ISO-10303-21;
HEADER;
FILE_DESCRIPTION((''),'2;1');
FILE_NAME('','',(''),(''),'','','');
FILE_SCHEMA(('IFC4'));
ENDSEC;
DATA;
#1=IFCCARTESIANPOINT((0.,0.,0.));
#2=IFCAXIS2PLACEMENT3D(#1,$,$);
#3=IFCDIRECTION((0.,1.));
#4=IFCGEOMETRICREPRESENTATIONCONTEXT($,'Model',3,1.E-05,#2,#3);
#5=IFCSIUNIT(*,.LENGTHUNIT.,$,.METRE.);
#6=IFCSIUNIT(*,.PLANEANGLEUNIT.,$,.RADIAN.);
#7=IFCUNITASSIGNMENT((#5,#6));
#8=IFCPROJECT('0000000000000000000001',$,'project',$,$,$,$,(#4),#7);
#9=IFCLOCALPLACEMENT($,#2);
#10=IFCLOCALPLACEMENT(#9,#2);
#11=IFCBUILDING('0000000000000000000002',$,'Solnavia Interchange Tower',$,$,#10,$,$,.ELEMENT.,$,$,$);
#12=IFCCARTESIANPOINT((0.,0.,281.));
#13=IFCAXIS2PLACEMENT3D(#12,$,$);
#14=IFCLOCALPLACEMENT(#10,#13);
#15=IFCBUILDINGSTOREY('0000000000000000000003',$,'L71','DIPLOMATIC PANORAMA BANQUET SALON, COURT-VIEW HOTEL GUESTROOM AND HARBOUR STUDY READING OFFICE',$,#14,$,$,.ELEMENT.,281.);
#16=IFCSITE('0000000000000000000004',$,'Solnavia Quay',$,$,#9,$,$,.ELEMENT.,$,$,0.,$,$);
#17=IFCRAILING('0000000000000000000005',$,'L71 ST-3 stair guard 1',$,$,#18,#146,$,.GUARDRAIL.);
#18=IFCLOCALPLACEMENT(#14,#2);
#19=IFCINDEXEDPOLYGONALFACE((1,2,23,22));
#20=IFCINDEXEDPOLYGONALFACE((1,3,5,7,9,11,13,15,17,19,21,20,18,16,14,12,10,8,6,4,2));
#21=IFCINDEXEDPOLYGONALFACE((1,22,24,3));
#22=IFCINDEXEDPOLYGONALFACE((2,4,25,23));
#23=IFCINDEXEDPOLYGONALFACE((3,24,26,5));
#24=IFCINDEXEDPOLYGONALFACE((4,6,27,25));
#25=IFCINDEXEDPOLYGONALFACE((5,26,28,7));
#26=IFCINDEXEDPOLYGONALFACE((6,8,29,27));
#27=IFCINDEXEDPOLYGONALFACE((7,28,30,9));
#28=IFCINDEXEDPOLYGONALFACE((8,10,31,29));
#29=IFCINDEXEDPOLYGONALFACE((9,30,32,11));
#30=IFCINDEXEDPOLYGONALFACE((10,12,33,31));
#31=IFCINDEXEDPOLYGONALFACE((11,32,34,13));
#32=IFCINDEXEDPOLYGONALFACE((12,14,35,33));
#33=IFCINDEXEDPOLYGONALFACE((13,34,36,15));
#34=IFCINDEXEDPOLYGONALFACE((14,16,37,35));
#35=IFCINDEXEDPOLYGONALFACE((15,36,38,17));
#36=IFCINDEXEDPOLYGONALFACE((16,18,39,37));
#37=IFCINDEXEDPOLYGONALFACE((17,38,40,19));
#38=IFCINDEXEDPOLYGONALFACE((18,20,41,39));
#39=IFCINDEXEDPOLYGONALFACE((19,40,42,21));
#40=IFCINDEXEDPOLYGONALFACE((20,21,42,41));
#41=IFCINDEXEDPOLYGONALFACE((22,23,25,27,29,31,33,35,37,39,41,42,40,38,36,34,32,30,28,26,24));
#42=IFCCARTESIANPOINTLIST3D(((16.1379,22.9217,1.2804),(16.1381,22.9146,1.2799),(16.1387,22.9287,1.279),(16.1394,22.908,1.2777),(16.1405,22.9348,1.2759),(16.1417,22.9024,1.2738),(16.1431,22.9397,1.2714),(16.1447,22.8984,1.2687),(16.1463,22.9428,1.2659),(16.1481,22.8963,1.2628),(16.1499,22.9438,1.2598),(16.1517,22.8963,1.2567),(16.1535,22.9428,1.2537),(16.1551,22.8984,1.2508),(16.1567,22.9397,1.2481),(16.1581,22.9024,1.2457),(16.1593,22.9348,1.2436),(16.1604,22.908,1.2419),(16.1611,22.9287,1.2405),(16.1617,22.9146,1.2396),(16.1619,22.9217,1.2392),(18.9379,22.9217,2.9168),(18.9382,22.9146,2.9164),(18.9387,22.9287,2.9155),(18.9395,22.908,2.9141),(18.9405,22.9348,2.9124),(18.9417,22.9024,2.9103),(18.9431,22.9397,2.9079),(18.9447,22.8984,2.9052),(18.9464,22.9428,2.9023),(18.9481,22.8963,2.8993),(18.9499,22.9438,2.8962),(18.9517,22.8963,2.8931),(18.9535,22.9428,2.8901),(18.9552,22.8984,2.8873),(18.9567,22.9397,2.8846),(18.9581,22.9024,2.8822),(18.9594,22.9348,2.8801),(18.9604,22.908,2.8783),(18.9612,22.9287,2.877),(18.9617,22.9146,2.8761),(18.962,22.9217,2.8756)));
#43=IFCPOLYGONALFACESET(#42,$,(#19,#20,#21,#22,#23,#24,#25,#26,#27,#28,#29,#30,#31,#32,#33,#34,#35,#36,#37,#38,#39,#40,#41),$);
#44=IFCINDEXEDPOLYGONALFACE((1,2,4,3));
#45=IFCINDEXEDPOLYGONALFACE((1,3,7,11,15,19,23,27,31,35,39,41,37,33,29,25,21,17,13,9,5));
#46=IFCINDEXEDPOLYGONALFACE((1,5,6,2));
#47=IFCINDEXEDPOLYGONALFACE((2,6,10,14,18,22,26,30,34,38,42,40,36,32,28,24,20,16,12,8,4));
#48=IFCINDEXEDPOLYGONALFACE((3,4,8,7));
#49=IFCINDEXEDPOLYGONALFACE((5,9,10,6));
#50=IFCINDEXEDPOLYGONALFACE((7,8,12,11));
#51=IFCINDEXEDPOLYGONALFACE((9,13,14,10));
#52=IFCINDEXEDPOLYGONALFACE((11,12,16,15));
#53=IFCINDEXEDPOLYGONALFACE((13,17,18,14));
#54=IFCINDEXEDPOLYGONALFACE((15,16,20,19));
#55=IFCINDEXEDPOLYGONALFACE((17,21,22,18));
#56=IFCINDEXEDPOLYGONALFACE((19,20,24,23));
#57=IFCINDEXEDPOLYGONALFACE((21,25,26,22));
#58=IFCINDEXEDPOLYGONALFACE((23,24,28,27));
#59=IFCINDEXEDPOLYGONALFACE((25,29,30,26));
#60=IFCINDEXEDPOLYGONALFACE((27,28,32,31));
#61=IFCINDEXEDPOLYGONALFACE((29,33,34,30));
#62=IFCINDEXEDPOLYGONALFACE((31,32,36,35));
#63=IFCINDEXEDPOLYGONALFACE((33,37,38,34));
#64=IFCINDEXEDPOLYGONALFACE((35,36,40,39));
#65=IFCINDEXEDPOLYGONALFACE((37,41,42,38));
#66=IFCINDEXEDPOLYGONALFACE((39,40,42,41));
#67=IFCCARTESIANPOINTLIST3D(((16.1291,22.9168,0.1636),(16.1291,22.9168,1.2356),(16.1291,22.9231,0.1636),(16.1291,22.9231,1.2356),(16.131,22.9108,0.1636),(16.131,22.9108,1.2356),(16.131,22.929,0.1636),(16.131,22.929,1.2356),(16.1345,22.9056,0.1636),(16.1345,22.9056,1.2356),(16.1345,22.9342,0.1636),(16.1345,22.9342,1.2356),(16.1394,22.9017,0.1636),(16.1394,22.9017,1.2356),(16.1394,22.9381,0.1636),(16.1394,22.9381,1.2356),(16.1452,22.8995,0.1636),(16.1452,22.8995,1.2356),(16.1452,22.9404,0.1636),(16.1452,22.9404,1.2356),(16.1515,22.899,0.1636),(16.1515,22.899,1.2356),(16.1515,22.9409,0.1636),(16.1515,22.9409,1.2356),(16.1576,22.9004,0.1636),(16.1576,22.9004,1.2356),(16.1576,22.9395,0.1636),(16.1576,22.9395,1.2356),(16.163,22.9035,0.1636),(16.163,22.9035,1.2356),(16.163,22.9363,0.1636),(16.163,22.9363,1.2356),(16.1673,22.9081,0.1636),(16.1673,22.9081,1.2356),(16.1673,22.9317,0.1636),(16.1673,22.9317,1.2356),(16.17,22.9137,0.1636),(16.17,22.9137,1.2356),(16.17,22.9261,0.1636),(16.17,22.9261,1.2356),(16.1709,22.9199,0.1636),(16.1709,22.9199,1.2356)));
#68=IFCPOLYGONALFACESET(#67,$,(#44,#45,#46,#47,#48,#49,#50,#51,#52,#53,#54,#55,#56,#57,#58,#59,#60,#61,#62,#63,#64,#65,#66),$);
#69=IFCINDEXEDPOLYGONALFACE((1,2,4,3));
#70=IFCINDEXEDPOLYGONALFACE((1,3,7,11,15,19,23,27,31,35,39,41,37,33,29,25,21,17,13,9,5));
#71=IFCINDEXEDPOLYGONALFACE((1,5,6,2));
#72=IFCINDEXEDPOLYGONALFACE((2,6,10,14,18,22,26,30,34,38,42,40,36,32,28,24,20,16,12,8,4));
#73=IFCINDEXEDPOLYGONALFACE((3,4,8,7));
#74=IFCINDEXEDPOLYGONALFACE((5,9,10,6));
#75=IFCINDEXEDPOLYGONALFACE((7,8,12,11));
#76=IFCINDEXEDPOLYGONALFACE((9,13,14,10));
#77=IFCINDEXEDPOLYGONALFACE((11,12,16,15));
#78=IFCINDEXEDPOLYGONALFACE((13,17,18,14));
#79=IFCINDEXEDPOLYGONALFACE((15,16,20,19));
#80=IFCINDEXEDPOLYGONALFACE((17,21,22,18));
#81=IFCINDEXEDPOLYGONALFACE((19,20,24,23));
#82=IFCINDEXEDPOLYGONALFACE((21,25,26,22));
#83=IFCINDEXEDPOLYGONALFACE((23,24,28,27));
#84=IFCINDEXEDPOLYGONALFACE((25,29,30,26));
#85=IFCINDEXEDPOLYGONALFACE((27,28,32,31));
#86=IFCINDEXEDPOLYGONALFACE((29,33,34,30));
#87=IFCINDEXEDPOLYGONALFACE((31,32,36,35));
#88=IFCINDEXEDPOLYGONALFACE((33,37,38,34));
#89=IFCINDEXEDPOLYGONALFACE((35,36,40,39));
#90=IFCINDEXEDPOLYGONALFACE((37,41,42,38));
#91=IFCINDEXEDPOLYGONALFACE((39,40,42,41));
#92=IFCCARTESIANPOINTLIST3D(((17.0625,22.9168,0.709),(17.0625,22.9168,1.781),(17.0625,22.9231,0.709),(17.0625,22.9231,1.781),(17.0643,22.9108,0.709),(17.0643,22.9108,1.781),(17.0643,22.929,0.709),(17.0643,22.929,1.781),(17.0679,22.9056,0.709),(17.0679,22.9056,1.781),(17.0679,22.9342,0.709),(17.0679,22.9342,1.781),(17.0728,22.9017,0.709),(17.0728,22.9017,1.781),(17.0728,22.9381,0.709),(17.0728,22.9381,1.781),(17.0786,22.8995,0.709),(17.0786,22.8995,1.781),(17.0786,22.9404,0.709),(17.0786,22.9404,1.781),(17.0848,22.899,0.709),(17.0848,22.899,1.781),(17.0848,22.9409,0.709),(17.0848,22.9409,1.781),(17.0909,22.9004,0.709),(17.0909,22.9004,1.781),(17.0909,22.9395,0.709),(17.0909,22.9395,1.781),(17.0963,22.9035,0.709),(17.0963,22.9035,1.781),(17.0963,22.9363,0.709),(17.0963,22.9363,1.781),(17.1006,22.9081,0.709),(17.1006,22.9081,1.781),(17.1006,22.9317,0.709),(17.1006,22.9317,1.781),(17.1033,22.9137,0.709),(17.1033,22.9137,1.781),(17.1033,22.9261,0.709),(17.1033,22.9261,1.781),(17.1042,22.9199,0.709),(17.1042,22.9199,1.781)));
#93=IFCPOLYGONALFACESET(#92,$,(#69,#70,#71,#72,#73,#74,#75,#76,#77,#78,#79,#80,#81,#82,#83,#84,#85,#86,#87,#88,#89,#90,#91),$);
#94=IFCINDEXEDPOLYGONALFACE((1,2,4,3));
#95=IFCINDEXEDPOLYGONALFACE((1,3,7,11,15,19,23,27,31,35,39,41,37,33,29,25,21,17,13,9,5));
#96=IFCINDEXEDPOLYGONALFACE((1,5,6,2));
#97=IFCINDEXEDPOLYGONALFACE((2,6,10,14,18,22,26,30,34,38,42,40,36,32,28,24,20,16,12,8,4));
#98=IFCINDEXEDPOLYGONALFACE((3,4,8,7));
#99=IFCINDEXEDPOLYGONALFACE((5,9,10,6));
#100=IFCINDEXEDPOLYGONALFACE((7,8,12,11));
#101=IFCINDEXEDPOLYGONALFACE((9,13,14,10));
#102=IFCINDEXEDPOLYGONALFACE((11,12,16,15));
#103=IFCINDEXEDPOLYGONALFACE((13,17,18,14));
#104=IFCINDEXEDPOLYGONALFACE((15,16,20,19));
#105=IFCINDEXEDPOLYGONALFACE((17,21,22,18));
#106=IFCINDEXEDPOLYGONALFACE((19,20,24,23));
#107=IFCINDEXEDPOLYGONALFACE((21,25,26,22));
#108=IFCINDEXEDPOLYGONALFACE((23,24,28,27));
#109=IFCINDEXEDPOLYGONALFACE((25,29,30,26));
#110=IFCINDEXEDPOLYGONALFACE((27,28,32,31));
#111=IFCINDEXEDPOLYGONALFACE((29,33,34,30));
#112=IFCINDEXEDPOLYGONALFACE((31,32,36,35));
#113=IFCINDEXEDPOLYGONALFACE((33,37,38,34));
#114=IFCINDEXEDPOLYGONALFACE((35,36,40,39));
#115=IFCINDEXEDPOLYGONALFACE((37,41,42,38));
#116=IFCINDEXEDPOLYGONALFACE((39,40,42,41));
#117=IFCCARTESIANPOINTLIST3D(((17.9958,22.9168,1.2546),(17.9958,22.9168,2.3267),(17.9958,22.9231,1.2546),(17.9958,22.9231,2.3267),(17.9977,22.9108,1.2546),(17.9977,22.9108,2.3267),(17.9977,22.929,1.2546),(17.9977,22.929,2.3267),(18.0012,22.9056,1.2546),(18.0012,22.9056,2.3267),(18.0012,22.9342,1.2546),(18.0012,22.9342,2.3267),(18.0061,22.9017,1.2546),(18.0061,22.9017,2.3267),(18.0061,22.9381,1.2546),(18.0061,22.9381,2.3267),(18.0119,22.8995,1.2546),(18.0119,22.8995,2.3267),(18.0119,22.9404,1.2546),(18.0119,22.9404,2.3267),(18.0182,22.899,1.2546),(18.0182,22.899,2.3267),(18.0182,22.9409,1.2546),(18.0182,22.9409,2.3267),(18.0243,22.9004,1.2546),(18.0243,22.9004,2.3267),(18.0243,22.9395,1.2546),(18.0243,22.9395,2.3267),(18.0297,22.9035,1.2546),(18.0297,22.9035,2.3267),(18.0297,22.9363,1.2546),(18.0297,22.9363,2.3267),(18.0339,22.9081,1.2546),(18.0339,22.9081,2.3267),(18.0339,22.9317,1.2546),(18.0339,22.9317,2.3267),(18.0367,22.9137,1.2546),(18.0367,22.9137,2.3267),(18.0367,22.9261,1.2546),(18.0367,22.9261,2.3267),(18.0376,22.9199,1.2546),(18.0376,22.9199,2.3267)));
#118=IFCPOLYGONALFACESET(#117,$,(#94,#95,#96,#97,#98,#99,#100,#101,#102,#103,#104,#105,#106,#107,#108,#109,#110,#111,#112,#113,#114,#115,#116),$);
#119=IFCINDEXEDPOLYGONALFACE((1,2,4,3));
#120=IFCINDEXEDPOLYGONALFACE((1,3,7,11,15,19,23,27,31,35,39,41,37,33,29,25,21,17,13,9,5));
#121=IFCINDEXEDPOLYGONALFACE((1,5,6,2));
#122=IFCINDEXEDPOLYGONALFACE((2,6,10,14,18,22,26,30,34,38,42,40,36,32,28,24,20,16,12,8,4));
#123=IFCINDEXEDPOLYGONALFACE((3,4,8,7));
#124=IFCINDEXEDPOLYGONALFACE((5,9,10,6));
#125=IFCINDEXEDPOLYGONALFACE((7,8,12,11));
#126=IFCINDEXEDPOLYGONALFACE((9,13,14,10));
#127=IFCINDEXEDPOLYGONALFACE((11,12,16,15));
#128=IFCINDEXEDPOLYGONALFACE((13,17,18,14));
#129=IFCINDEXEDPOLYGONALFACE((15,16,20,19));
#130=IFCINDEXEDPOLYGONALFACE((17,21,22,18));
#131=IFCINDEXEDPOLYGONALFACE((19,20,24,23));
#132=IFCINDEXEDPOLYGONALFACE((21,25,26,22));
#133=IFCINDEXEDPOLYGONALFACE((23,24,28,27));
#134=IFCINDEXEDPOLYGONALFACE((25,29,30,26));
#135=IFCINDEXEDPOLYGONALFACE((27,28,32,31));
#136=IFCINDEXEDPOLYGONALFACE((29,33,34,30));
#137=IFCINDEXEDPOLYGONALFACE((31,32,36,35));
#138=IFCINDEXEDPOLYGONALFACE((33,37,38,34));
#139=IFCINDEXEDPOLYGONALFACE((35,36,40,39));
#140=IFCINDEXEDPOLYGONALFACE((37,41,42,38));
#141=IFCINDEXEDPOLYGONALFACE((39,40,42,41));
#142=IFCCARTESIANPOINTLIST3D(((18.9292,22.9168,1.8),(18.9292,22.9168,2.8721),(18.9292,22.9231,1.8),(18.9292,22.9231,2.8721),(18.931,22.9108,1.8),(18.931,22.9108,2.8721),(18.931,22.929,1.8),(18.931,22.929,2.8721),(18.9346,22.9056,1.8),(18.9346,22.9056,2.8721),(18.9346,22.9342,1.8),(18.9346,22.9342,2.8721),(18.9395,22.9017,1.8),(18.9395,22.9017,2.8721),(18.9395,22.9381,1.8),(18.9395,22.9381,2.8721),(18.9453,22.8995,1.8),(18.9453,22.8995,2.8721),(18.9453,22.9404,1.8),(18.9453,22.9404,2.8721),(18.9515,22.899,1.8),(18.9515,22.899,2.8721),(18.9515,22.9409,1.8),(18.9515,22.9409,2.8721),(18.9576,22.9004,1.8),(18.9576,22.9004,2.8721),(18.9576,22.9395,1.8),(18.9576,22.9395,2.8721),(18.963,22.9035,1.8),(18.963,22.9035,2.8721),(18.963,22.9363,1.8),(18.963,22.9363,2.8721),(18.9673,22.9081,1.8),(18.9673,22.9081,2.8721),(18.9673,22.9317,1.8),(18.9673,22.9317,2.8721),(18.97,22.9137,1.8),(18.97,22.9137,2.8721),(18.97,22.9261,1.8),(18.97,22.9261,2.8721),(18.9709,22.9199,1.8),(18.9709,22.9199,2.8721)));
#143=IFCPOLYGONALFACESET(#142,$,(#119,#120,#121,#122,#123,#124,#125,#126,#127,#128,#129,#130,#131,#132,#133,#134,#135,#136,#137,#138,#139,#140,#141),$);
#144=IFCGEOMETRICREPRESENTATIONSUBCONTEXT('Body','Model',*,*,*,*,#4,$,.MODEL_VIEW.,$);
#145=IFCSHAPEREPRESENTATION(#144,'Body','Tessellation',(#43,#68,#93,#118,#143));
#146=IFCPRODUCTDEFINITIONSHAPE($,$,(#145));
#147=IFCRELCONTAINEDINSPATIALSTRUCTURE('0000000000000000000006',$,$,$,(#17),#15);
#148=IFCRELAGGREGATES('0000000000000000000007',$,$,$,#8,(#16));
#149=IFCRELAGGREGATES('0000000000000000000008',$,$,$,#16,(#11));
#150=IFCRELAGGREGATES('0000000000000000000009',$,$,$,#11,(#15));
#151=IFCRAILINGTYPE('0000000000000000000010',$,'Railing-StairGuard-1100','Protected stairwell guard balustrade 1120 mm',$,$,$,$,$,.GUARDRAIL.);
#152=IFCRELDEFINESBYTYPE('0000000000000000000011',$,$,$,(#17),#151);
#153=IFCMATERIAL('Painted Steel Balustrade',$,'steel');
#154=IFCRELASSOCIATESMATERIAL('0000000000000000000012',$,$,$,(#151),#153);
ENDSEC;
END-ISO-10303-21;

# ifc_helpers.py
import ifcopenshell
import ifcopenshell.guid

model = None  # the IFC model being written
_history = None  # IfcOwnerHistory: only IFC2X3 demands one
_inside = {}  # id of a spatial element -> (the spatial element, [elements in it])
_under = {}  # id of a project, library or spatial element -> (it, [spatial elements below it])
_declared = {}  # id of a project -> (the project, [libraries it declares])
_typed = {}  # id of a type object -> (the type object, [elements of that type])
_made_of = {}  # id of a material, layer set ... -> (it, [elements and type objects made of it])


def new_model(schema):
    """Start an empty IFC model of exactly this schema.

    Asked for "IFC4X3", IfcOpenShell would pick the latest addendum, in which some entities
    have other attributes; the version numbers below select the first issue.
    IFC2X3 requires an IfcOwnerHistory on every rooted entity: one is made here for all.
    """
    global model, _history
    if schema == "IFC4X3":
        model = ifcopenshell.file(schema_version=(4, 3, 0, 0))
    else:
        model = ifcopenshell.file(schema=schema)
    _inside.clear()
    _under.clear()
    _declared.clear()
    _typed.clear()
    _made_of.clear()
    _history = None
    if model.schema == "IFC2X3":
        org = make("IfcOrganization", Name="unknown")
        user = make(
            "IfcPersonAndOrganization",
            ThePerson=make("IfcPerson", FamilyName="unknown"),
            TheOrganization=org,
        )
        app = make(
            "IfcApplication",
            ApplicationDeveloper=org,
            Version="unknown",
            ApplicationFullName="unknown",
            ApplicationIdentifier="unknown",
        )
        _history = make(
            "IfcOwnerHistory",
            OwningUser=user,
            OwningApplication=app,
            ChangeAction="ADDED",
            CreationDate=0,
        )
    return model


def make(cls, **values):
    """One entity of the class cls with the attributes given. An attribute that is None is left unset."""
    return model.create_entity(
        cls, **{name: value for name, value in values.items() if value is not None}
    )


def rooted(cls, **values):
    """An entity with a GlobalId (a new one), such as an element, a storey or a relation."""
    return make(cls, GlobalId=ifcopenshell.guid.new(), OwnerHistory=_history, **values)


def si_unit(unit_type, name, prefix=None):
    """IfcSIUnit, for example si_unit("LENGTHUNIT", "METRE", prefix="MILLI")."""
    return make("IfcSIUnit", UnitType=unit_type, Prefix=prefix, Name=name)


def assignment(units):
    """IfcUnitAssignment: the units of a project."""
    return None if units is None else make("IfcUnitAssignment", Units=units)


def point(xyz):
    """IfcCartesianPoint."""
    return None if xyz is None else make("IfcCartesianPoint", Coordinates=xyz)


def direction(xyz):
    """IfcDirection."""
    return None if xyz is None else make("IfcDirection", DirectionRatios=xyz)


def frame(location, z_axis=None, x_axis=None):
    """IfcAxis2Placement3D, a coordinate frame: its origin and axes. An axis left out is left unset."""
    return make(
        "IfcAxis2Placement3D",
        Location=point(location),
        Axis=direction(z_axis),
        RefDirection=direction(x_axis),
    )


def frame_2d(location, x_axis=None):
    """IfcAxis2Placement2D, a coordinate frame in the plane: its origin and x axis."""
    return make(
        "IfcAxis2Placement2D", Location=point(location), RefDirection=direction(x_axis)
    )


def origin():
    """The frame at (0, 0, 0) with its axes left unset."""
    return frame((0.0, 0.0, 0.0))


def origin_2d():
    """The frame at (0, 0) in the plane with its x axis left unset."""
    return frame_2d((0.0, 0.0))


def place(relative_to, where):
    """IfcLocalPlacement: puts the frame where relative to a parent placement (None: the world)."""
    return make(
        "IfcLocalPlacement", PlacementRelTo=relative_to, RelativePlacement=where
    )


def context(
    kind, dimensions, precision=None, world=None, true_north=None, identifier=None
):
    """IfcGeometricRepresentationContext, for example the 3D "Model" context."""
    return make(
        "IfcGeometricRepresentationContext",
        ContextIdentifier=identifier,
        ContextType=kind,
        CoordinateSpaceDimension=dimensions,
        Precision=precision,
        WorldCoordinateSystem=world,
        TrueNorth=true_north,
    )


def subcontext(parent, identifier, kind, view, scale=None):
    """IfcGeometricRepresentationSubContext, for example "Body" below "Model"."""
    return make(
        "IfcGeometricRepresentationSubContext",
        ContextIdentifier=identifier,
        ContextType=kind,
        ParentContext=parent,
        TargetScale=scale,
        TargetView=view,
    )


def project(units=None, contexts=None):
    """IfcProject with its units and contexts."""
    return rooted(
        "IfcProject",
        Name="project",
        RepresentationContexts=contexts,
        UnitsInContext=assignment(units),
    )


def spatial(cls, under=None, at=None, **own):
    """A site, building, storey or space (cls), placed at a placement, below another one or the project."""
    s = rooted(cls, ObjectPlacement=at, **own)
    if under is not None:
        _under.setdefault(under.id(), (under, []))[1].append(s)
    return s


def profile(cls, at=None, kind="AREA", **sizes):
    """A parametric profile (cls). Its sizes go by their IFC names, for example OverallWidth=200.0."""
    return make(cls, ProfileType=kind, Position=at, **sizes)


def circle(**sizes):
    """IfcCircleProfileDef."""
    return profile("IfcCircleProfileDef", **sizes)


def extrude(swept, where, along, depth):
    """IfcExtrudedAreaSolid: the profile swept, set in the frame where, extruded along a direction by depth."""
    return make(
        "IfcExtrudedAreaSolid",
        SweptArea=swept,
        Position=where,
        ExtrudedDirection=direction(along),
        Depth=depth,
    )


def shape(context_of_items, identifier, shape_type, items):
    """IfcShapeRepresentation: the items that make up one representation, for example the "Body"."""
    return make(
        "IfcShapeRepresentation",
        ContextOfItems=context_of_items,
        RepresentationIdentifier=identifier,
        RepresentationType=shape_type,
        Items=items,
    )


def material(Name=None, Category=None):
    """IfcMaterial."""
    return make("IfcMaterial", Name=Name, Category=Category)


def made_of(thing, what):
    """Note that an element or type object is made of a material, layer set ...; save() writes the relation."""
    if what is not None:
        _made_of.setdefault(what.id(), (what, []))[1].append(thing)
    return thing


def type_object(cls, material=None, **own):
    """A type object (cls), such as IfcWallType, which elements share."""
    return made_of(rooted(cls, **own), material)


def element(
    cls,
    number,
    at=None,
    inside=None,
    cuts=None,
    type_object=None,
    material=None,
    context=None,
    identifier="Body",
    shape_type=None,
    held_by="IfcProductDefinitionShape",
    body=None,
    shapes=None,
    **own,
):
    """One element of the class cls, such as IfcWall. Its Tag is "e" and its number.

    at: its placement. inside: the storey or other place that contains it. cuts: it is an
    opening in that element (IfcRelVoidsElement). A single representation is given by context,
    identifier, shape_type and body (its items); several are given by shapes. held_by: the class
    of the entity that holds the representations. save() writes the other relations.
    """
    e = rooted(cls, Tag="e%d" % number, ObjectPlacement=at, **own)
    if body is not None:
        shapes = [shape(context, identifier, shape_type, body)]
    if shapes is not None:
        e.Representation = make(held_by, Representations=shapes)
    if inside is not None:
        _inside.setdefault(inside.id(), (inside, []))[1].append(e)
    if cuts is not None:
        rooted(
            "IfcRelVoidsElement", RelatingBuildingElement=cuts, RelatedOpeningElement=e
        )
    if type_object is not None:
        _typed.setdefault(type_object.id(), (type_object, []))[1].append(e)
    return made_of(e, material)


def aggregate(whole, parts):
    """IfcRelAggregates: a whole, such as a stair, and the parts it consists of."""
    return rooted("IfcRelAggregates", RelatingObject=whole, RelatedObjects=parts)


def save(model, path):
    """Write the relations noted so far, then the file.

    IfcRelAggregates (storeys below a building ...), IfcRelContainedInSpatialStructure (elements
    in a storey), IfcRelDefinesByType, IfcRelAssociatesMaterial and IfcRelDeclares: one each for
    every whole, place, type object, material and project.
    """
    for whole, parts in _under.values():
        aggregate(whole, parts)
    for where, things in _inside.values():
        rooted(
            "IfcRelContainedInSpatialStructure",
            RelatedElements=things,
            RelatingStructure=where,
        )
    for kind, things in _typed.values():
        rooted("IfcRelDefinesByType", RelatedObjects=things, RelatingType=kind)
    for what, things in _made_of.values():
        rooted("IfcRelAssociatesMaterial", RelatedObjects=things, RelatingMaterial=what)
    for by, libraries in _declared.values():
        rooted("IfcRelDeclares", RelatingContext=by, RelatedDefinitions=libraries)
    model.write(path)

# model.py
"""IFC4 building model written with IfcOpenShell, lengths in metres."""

from ifc_helpers import new_model, si_unit, direction, frame, origin, origin_2d, place, context, subcontext, project, spatial, circle, extrude, material, type_object, element, save


model = new_model("IFC4")

# Units and contexts
model_context = context("Model", 3, precision=1e-05, world=origin(), true_north=direction((0.0, 1.0)))
body_context = subcontext(model_context, "Body", "Model", "MODEL_VIEW")
ifc_project = project(units=[si_unit("LENGTHUNIT", "METRE"), si_unit("PLANEANGLEUNIT", "RADIAN")], contexts=[model_context])

# Site, building, storey
site_placement = place(None, origin())
site = spatial("IfcSite", under=ifc_project, at=site_placement, Name="Solnavia Quay", CompositionType="ELEMENT", RefElevation=0.0)
building_placement = place(site_placement, origin())
building = spatial("IfcBuilding", under=site, at=building_placement, Name="Solnavia Interchange Tower", CompositionType="ELEMENT")
storey_placement = place(building_placement, frame((0.0, 0.0, 281.0)))
storey = spatial("IfcBuildingStorey", under=building, at=storey_placement, Name="L71", Description="DIPLOMATIC PANORAMA BANQUET SALON, COURT-VIEW HOTEL GUESTROOM AND HARBOUR STUDY READING OFFICE", CompositionType="ELEMENT", Elevation=281.0)

# Railing
ifc_material_1 = material(Name="Painted Steel Balustrade", Category="steel")
railing_type_1 = type_object("IfcRailingType", Name="Railing-StairGuard-1100", Description="Protected stairwell guard balustrade 1120 mm", PredefinedType="GUARDRAIL", material=ifc_material_1)
railing_1_placement = place(storey_placement, frame((16.1499, 22.9199, 0.1636)))
element("IfcRailing", 1, at=railing_1_placement, inside=storey, type_object=railing_type_1, Name="L71 ST-3 stair guard 1", PredefinedType="GUARDRAIL", context=body_context, shape_type="SweptSolid", body=[
    extrude(circle(Radius=0.0239, at=origin_2d()), frame((0.0, 0.0, 1.0962), z_axis=(0.863361, 0.0, 0.504587), x_axis=(0.0, 1.0, 0.0)), (0.0, 0.0, 1.0), 3.2432),
    extrude(circle(Radius=0.021, at=origin_2d()), origin(), (0.0, 0.0, 1.0), 1.072),
    extrude(circle(Radius=0.021, at=origin_2d()), frame((0.9333, 0.0, 0.5454)), (0.0, 0.0, 1.0), 1.072),
    extrude(circle(Radius=0.021, at=origin_2d()), frame((1.8667, 0.0, 1.0911)), (0.0, 0.0, 1.0), 1.072),
    extrude(circle(Radius=0.021, at=origin_2d()), frame((2.8, 0.0, 1.6365)), (0.0, 0.0, 1.0), 1.072),
])

save(model, "model.ifc")
